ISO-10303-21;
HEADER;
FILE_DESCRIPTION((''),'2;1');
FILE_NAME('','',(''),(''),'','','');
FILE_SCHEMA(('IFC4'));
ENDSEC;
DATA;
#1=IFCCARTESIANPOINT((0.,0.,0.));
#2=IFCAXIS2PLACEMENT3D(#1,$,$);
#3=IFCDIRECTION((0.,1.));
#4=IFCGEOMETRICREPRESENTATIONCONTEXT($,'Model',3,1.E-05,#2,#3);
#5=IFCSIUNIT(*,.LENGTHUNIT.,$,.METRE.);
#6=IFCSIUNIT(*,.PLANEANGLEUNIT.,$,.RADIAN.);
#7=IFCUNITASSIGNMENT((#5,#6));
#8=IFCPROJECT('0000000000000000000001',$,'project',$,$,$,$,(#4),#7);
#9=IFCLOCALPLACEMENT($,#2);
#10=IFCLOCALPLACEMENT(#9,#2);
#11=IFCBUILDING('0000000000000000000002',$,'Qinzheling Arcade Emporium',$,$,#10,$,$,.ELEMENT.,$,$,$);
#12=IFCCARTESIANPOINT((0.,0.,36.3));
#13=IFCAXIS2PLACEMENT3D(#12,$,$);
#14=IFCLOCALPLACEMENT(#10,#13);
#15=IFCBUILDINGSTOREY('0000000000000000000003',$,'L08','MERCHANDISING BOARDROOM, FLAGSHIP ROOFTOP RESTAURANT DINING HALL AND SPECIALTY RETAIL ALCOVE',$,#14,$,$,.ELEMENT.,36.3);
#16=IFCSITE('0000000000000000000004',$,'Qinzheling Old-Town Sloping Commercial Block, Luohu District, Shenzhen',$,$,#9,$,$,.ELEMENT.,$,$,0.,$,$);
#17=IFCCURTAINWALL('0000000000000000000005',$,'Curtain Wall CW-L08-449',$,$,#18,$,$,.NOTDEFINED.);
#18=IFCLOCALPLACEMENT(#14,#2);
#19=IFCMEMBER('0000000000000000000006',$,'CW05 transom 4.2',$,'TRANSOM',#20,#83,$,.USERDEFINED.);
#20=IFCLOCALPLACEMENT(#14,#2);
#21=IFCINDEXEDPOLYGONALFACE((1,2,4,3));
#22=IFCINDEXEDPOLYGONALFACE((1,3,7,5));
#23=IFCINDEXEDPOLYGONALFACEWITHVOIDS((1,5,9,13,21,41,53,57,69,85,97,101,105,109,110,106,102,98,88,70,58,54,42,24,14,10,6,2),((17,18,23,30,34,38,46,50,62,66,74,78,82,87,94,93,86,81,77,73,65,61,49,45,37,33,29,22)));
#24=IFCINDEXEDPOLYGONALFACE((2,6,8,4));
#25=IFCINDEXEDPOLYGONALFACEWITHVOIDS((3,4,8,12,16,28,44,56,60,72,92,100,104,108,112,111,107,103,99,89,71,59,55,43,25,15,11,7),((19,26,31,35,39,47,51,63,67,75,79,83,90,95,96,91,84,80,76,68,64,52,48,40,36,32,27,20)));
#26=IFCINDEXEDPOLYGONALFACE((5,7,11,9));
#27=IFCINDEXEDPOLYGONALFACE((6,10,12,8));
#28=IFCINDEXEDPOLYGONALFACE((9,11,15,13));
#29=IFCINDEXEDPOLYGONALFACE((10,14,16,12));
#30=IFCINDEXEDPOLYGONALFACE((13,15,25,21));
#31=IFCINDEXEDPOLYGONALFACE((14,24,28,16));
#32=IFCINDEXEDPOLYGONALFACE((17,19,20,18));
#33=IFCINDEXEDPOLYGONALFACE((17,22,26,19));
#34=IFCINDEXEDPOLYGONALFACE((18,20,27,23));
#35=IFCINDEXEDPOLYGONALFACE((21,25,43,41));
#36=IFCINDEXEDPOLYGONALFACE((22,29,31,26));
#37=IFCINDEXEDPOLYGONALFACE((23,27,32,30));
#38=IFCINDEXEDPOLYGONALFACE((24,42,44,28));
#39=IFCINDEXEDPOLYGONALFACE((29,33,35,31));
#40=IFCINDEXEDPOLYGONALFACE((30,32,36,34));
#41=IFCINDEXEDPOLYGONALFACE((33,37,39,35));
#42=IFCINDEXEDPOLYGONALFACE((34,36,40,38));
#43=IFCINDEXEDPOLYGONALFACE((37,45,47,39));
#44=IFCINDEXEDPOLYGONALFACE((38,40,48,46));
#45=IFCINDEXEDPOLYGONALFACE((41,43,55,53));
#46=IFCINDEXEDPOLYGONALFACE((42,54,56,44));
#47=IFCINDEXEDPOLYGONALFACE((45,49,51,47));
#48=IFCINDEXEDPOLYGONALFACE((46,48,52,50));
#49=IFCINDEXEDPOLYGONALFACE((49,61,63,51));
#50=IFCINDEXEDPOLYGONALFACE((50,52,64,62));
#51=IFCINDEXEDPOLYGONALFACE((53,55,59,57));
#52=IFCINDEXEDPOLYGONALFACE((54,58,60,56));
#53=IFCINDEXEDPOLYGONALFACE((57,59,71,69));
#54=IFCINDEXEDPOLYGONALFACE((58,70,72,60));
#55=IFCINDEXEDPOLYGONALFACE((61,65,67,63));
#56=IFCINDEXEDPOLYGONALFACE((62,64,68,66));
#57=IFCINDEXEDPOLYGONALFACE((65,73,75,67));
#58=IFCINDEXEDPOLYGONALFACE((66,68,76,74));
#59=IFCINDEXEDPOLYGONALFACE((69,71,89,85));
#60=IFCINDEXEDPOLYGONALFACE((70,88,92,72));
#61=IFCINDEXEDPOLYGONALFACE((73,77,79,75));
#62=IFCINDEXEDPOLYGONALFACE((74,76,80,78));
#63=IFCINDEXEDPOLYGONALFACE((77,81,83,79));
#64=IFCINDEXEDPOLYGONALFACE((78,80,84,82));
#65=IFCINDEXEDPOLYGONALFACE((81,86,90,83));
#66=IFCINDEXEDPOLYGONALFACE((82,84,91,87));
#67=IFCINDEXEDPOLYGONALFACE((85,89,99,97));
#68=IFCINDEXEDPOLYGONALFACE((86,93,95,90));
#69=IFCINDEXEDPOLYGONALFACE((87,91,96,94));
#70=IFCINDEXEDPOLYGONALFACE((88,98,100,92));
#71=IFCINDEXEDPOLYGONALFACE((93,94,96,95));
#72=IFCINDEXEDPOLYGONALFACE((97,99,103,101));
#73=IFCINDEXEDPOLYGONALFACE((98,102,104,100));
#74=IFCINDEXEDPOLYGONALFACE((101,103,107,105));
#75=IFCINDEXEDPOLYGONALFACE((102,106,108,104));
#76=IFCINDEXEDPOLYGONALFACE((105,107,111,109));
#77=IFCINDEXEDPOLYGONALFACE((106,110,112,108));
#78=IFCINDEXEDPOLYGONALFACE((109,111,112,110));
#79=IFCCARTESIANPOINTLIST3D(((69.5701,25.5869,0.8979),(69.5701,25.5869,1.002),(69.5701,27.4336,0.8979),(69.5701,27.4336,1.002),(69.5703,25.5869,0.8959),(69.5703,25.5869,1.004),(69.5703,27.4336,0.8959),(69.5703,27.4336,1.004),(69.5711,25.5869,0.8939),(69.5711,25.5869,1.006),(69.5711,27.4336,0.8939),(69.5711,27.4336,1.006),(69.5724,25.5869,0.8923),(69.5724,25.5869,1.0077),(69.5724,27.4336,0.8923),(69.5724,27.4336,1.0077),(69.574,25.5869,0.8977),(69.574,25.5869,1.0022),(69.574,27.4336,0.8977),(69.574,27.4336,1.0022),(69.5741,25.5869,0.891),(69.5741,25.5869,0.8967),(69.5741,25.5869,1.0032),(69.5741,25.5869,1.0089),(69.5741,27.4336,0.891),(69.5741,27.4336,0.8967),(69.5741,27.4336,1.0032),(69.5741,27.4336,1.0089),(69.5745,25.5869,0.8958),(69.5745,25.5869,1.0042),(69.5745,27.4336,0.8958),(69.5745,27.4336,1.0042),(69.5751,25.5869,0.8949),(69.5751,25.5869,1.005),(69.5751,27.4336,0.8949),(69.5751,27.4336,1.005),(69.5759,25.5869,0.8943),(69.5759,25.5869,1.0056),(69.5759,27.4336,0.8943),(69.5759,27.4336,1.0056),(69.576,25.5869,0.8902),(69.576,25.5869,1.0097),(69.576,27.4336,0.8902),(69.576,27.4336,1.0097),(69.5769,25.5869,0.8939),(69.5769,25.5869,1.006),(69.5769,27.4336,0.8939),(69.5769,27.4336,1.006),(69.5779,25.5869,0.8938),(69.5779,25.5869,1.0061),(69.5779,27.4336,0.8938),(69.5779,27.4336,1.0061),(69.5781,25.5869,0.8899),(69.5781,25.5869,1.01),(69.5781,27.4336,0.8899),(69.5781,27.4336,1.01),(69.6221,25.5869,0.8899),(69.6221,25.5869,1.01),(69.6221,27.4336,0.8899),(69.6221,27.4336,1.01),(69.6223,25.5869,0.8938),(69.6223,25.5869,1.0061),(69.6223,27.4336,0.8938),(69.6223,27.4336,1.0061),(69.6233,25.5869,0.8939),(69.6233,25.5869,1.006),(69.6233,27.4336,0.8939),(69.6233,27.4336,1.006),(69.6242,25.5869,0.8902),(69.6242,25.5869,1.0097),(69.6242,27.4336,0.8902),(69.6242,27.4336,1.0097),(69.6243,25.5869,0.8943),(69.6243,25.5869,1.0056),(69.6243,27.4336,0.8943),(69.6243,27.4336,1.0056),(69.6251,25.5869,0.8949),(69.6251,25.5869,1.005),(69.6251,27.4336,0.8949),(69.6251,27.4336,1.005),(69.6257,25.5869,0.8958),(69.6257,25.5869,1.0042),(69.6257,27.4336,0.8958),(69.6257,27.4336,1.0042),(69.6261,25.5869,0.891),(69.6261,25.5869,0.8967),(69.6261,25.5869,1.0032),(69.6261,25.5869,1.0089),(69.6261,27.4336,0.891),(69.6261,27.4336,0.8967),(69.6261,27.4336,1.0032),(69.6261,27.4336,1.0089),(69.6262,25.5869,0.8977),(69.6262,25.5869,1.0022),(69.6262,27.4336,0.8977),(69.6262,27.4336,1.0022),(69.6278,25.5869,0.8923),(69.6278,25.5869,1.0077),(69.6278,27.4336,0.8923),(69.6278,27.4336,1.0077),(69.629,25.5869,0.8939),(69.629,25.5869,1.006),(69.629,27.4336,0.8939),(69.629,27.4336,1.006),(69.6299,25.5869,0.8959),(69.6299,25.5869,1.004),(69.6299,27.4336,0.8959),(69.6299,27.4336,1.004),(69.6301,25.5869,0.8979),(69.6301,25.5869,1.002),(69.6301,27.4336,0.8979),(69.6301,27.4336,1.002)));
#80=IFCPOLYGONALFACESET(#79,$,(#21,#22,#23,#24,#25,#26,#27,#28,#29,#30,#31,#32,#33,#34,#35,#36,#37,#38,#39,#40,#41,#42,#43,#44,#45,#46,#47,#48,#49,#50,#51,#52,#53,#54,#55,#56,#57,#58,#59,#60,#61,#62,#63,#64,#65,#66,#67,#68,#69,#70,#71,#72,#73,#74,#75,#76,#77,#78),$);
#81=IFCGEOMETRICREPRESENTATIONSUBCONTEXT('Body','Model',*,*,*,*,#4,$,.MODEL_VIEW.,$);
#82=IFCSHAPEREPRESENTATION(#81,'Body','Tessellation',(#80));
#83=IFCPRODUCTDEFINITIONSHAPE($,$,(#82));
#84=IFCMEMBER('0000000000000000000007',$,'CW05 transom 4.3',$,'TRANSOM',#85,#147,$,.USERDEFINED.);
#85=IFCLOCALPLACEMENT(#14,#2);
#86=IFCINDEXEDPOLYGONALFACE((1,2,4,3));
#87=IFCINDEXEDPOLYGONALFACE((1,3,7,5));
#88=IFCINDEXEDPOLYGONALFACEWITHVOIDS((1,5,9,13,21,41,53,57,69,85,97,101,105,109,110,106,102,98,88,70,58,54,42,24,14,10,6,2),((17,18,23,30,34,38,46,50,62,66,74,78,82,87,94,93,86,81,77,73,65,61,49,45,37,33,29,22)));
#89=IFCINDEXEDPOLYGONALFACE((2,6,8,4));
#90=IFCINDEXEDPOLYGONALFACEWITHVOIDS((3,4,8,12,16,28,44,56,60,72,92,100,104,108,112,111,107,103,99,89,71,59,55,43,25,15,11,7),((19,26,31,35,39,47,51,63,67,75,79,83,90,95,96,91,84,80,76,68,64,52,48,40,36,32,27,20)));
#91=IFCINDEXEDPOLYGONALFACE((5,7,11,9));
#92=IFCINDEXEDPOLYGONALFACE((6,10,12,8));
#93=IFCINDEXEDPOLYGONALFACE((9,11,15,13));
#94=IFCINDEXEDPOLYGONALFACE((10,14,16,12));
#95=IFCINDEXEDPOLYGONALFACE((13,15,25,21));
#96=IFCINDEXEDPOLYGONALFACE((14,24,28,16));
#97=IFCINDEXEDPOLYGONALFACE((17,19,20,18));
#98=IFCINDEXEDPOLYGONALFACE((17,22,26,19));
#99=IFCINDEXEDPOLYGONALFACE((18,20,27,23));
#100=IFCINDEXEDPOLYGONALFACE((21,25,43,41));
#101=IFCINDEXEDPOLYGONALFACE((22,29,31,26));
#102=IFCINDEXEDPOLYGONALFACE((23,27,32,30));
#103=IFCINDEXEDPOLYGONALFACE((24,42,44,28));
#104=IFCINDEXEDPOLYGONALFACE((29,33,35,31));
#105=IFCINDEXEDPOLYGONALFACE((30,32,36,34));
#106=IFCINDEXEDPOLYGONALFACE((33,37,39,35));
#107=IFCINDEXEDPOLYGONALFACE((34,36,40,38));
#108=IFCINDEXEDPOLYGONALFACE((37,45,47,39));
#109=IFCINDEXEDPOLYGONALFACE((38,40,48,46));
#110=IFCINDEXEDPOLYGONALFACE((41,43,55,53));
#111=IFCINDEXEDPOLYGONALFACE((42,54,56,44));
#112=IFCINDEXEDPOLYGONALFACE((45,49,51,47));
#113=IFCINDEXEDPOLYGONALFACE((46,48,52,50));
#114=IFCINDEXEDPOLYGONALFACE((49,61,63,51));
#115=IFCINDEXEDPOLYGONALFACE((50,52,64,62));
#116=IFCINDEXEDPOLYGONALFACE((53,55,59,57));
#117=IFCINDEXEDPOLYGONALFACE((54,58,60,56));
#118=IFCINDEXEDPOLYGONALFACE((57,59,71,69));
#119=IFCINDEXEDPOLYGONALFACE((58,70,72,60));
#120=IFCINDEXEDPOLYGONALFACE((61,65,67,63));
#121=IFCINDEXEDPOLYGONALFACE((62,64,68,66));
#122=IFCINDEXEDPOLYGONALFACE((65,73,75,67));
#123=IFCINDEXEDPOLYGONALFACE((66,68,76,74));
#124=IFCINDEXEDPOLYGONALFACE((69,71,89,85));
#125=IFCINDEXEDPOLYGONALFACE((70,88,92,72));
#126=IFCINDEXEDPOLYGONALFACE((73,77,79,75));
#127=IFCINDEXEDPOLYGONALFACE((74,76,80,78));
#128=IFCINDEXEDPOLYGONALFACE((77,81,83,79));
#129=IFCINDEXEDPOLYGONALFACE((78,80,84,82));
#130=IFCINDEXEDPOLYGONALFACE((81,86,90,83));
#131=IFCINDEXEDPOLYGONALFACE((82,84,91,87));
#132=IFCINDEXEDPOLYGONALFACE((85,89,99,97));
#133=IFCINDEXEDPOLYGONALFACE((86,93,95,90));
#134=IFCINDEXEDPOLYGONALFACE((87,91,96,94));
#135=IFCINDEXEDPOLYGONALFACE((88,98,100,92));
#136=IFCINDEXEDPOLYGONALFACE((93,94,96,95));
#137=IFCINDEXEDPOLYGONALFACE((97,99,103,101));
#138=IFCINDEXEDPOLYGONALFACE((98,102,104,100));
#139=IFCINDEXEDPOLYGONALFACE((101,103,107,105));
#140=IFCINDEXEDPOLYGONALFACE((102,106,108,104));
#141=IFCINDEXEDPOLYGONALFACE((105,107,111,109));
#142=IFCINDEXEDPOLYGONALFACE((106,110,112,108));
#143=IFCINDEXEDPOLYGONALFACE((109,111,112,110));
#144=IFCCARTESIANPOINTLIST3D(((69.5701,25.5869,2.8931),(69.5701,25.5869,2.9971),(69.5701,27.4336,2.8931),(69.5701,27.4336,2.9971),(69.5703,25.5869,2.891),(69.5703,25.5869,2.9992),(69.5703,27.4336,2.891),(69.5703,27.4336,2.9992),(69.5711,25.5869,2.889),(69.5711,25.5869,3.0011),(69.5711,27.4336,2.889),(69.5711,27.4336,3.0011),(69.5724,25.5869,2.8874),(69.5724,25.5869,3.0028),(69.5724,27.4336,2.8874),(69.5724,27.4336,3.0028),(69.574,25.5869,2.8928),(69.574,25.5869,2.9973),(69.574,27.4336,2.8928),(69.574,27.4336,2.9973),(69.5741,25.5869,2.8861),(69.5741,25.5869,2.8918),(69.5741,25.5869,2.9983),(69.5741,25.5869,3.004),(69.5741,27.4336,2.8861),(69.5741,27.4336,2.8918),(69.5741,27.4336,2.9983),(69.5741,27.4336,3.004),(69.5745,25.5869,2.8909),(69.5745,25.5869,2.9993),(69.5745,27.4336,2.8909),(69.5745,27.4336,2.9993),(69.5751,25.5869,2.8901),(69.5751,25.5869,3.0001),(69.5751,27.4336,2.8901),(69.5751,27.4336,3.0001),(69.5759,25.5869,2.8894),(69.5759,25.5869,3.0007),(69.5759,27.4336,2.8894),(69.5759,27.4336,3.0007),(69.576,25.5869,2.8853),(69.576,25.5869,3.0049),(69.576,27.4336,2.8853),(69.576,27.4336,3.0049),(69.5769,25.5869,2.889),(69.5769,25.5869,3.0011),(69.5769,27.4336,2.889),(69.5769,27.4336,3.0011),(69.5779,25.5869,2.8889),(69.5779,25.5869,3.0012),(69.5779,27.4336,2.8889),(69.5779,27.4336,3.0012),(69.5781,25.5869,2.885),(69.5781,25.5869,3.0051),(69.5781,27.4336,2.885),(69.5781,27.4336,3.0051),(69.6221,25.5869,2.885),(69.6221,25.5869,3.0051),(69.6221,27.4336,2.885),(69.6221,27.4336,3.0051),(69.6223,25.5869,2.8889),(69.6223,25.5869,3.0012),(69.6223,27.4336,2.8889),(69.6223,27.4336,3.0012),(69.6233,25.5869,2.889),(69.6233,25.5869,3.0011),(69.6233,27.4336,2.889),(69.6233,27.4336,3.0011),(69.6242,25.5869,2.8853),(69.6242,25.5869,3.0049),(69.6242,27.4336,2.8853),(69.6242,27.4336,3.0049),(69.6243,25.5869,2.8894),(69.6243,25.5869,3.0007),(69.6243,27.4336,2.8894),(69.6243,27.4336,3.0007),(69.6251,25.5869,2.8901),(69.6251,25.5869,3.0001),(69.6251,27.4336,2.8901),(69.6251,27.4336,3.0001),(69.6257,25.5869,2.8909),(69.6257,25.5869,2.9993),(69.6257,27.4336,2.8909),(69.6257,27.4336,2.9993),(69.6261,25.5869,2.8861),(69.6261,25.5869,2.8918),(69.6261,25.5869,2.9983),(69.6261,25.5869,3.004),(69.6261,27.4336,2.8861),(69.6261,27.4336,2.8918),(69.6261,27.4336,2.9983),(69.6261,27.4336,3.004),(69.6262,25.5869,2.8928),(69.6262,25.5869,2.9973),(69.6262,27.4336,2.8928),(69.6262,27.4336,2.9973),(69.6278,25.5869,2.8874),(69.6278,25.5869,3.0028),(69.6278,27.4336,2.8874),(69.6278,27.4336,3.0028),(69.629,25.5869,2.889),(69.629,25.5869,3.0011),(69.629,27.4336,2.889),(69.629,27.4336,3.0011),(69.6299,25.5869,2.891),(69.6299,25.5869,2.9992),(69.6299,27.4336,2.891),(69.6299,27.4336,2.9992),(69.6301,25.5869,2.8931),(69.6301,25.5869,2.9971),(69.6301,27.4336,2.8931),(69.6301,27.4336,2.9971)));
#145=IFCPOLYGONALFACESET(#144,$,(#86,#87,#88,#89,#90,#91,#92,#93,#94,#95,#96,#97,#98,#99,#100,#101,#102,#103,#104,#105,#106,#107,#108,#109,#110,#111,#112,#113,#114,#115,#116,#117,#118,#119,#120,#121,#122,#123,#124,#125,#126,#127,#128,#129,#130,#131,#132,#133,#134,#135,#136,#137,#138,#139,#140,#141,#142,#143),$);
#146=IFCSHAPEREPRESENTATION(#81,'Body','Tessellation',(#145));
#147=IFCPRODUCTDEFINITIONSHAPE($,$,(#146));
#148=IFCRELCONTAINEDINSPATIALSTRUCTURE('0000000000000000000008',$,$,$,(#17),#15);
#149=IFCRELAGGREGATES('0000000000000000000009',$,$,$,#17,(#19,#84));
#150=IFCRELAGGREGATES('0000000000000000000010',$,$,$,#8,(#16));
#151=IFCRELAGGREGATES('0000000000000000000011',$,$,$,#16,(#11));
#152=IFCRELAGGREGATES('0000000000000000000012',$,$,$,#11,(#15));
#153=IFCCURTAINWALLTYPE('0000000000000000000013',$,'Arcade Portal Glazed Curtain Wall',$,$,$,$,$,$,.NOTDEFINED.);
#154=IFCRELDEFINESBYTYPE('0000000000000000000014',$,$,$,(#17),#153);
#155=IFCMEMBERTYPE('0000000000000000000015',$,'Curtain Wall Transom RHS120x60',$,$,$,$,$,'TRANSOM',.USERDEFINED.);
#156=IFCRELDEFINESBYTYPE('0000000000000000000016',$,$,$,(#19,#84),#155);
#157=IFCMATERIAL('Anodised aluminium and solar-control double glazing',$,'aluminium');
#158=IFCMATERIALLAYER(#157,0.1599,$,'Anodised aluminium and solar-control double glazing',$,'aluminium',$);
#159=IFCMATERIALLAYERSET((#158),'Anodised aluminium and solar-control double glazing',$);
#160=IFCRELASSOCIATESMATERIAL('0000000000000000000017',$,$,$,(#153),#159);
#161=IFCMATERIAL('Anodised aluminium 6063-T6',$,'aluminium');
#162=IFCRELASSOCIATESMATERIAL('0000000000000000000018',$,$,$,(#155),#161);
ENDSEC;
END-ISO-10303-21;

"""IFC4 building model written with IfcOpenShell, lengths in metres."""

from ifc_helpers import new_model, si_unit, direction, frame, origin, origin_2d, place, context, subcontext, project, spatial, hollow_rectangle, extrude, material, layer, layer_set, material_profile, profile_set, type_object, element, aggregate, save


model = new_model("IFC4")

# Units and contexts
model_context = context("Model", 3, precision=1e-05, world=origin(), true_north=direction((0.0, 1.0)))
body_context = subcontext(model_context, "Body", "Model", "MODEL_VIEW")
ifc_project = project(units=[si_unit("LENGTHUNIT", "METRE"), si_unit("PLANEANGLEUNIT", "RADIAN")], contexts=[model_context])

# Site, building, storey
site_placement = place(None, origin())
site = spatial("IfcSite", under=ifc_project, at=site_placement, Name="Qinzheling Old-Town Sloping Commercial Block, Luohu District, Shenzhen", CompositionType="ELEMENT", RefElevation=0.0)
building_placement = place(site_placement, origin())
building = spatial("IfcBuilding", under=site, at=building_placement, Name="Qinzheling Arcade Emporium", CompositionType="ELEMENT")
storey_placement = place(building_placement, frame((0.0, 0.0, 36.3)))
storey = spatial("IfcBuildingStorey", under=building, at=storey_placement, Name="L08", Description="MERCHANDISING BOARDROOM, FLAGSHIP ROOFTOP RESTAURANT DINING HALL AND SPECIALTY RETAIL ALCOVE", CompositionType="ELEMENT", Elevation=36.3)

# Curtain wall, members
ifc_material_1 = material(Name="Anodised aluminium and solar-control double glazing", Category="aluminium")
ifc_layer_1 = layer(ifc_material_1, 0.1599, Name="Anodised aluminium and solar-control double glazing", Category="aluminium")
ifc_layer_set_1 = layer_set([ifc_layer_1], Name="Anodised aluminium and solar-control double glazing")
curtain_wall_type = type_object("IfcCurtainWallType", Name="Arcade Portal Glazed Curtain Wall", PredefinedType="NOTDEFINED", material=ifc_layer_set_1)
curtain_wall_placement = place(storey_placement, origin())
curtain_wall = element("IfcCurtainWall", 1, at=curtain_wall_placement, inside=storey, type_object=curtain_wall_type, Name="Curtain Wall CW-L08-449", PredefinedType="NOTDEFINED")
ifc_material_2 = material(Name="Anodised aluminium 6063-T6", Category="aluminium")
ifc_material_profile_1 = material_profile(ifc_material_2, hollow_rectangle(XDim=0.0601, YDim=0.1201, WallThickness=0.0039, InnerFilletRadius=0.0039, OuterFilletRadius=0.0081, at=origin_2d()), Name="RHS 120x60x4", Category="aluminium")
ifc_profile_set_1 = profile_set([ifc_material_profile_1], Name="Anodised aluminium 6063-T6")
member_type_1 = type_object("IfcMemberType", Name="Curtain Wall Transom RHS120x60", ElementType="TRANSOM", PredefinedType="USERDEFINED", material=ifc_profile_set_1)
member_1_placement = place(storey_placement, frame((69.6001, 27.4336, 0.95), z_axis=(0.0, -1.0, 0.0), x_axis=(1.0, 0.0, 0.0)))
member_1 = element("IfcMember", 2, at=member_1_placement, type_object=member_type_1, Name="CW05 transom 4.2", ObjectType="TRANSOM", PredefinedType="USERDEFINED", context=body_context, shape_type="SweptSolid", body=[
    extrude(hollow_rectangle(XDim=0.0601, YDim=0.1201, WallThickness=0.0039, InnerFilletRadius=0.0039, OuterFilletRadius=0.0081, at=origin_2d()), origin(), (0.0, 0.0, 1.0), 1.8467),
])
member_2_placement = place(storey_placement, frame((69.6001, 27.4336, 2.9451), z_axis=(0.0, -1.0, 0.0), x_axis=(1.0, 0.0, 0.0)))
member_2 = element("IfcMember", 3, at=member_2_placement, type_object=member_type_1, Name="CW05 transom 4.3", ObjectType="TRANSOM", PredefinedType="USERDEFINED", context=body_context, shape_type="SweptSolid", body=[
    extrude(hollow_rectangle(XDim=0.0601, YDim=0.1201, WallThickness=0.0039, InnerFilletRadius=0.0039, OuterFilletRadius=0.0081, at=origin_2d()), origin(), (0.0, 0.0, 1.0), 1.8467),
])

aggregate(curtain_wall, [member_1, member_2])

save(model, "model.ifc")
